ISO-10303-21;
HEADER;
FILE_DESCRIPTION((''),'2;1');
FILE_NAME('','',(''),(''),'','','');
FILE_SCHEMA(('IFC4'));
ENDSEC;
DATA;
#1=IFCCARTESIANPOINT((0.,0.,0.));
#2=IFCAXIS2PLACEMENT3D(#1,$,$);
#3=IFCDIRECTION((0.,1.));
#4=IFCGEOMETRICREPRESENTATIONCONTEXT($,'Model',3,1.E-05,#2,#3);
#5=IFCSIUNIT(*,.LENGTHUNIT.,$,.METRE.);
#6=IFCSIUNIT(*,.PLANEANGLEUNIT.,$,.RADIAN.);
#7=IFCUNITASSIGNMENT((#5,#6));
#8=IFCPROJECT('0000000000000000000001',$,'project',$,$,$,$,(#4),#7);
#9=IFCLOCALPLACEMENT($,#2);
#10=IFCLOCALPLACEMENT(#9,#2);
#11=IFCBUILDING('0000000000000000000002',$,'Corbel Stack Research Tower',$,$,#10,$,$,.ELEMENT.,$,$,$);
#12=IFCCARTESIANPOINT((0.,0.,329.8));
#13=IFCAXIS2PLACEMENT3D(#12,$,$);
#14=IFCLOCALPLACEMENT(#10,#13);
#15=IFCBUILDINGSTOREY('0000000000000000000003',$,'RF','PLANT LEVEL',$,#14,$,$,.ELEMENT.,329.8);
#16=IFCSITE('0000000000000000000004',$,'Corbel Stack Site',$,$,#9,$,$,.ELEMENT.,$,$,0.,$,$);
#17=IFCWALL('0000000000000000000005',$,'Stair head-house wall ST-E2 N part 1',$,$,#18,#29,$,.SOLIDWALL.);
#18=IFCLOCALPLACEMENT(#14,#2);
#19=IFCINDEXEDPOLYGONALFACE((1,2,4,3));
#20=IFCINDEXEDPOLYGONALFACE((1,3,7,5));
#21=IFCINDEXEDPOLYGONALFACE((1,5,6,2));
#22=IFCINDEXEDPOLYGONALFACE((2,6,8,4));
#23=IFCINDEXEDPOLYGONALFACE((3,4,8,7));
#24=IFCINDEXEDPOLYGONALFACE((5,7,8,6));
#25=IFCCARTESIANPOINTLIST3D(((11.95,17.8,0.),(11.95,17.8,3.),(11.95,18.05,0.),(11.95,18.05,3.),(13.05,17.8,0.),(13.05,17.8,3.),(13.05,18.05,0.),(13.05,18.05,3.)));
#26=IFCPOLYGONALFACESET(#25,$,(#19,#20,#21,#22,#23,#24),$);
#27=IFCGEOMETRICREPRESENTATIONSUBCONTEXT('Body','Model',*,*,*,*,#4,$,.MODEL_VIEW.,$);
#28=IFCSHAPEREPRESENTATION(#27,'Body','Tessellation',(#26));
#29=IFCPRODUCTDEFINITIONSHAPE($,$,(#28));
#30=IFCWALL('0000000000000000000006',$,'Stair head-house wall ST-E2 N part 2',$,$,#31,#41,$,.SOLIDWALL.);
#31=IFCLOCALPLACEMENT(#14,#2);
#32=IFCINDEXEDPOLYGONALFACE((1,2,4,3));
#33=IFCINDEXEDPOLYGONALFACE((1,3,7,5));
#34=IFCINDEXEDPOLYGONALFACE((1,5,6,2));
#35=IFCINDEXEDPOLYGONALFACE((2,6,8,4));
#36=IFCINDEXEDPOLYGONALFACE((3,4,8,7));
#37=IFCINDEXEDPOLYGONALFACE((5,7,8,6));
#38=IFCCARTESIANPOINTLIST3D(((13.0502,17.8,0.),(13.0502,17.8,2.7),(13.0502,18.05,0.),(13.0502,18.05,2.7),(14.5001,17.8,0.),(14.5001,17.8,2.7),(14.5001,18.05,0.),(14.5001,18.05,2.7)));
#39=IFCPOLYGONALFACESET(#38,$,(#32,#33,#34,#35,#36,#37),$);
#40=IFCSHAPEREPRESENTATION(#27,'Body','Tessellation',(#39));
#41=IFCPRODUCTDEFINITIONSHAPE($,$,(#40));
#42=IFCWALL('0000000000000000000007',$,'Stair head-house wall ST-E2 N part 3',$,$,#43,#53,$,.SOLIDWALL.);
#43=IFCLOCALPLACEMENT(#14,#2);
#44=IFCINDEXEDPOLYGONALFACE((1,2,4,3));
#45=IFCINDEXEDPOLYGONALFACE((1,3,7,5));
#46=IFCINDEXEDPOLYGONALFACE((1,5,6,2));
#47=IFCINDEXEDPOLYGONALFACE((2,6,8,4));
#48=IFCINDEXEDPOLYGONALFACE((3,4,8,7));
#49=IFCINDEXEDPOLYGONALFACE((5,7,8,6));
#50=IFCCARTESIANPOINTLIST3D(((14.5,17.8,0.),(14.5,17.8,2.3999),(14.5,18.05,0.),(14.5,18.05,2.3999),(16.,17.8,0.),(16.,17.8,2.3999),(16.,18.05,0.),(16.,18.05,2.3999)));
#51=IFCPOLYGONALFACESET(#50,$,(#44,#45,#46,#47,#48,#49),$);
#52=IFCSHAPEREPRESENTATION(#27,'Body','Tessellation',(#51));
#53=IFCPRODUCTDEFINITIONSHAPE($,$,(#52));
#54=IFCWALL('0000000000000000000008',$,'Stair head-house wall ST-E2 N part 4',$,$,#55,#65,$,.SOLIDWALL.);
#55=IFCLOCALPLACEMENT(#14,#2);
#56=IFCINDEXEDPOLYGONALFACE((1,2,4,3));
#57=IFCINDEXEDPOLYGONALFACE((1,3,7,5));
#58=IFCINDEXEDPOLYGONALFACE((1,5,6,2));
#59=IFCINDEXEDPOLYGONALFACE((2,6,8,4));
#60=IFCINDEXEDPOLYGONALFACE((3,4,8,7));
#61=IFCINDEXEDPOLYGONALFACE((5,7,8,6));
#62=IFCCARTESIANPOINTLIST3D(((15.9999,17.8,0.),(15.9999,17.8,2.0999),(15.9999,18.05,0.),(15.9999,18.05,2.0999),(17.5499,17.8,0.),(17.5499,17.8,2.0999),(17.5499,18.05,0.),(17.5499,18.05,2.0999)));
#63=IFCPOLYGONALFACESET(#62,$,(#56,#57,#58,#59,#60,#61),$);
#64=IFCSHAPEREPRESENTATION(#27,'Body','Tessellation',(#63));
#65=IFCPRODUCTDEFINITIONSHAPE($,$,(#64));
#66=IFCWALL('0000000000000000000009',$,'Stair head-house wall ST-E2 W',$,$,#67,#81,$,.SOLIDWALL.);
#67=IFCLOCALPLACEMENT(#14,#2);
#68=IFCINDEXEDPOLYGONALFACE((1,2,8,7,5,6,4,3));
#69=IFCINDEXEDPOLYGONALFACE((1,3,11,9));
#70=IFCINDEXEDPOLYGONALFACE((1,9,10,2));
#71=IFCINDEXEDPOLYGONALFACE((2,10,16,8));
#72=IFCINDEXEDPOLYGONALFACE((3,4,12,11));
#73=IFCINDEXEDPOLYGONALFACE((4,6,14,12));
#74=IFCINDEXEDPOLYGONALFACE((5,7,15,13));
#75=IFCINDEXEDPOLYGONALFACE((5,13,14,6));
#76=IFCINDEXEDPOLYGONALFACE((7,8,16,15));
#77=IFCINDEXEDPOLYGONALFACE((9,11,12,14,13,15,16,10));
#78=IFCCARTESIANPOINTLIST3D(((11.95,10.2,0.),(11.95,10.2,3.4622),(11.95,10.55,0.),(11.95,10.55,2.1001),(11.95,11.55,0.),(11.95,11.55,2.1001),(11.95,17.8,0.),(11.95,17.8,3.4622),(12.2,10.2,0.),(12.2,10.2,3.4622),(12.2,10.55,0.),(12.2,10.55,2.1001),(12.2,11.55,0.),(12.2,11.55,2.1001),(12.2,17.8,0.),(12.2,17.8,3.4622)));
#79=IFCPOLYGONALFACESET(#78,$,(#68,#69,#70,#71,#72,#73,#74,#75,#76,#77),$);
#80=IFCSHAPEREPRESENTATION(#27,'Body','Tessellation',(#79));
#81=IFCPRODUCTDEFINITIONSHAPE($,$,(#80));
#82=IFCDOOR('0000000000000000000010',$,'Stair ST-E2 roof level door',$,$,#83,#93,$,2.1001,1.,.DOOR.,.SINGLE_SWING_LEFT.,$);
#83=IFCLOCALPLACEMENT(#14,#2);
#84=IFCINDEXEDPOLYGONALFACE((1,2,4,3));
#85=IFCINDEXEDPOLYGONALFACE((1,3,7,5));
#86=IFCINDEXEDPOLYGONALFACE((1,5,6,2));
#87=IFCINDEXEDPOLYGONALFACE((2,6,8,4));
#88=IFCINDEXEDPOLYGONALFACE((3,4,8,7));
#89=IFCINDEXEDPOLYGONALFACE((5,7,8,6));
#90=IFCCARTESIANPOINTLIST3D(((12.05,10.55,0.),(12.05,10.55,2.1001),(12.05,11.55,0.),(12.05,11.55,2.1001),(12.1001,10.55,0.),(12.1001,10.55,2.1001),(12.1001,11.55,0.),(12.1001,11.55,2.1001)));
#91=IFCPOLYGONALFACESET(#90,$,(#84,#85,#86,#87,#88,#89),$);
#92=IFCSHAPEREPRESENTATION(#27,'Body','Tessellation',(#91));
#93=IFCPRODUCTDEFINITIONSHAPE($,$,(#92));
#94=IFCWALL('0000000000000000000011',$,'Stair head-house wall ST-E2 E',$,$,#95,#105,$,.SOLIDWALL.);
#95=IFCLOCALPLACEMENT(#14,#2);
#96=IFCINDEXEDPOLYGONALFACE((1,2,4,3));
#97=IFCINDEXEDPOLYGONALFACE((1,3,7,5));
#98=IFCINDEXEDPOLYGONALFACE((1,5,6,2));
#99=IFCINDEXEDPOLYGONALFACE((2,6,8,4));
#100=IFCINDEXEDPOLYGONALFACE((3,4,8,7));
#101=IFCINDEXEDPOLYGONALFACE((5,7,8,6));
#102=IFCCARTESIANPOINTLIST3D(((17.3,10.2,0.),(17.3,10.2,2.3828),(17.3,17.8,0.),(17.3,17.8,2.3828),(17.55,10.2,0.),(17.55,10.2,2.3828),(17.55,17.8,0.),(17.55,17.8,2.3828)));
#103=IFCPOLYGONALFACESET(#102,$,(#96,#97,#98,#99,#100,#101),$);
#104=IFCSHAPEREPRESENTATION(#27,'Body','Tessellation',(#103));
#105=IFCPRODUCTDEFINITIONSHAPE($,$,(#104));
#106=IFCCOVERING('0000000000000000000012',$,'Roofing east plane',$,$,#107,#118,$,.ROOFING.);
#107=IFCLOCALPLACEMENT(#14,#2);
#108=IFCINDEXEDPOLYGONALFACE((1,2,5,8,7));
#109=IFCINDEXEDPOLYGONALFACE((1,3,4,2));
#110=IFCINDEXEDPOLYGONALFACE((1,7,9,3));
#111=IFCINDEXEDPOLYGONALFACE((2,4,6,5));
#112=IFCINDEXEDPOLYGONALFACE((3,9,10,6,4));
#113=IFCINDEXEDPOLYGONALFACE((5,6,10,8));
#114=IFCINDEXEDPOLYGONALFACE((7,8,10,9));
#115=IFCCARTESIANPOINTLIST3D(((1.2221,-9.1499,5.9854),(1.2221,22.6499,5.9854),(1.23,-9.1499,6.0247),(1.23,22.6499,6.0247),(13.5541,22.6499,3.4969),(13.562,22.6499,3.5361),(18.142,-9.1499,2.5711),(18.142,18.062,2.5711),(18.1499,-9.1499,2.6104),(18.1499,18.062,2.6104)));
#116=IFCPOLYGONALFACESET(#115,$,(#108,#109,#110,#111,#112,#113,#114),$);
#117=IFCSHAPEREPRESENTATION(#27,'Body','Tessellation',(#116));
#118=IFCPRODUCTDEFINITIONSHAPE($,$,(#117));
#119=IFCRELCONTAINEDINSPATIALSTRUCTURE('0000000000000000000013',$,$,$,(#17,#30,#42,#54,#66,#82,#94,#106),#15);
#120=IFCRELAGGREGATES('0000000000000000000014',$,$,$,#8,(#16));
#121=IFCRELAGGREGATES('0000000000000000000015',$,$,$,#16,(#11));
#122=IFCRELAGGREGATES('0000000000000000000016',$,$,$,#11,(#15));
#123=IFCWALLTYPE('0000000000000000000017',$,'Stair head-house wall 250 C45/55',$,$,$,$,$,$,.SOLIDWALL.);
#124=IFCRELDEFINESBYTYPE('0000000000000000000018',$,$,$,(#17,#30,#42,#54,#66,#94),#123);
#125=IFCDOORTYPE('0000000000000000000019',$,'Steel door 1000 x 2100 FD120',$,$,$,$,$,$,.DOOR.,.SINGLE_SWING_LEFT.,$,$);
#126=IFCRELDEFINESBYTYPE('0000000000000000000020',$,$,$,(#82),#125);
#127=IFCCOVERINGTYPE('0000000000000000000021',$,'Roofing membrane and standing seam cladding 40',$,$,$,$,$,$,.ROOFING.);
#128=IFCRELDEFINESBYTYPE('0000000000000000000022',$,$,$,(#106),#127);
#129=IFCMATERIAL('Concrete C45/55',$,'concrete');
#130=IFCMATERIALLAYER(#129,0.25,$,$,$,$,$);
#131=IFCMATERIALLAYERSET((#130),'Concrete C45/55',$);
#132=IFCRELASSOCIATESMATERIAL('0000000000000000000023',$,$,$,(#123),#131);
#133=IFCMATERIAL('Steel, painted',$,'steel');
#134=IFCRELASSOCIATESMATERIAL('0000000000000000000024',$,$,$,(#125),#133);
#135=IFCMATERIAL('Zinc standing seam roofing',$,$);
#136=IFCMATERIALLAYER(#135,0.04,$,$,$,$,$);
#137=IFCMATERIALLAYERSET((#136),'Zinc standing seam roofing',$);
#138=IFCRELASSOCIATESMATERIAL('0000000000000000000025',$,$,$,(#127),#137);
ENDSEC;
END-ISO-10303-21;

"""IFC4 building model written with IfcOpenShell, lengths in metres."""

from ifc_helpers import new_model, si_unit, direction, frame, frame_2d, origin, place, context, subcontext, project, spatial, polyline, rectangle, outline, extrude, material, layer, layer_set, type_object, element, fill, save


model = new_model("IFC4")

# Units and contexts
model_context = context("Model", 3, precision=1e-05, world=origin(), true_north=direction((0.0, 1.0)))
body_context = subcontext(model_context, "Body", "Model", "MODEL_VIEW")
ifc_project = project(units=[si_unit("LENGTHUNIT", "METRE"), si_unit("PLANEANGLEUNIT", "RADIAN")], contexts=[model_context])

# Site, building, storey
site_placement = place(None, origin())
site = spatial("IfcSite", under=ifc_project, at=site_placement, Name="Corbel Stack Site", CompositionType="ELEMENT", RefElevation=0.0)
building_placement = place(site_placement, origin())
building = spatial("IfcBuilding", under=site, at=building_placement, Name="Corbel Stack Research Tower", CompositionType="ELEMENT")
storey_placement = place(building_placement, frame((0.0, 0.0, 329.8)))
storey = spatial("IfcBuildingStorey", under=building, at=storey_placement, Name="RF", Description="PLANT LEVEL", CompositionType="ELEMENT", Elevation=329.8)

# Walls
ifc_material_1 = material(Name="Concrete C45/55", Category="concrete")
ifc_layer_1 = layer(ifc_material_1, 0.25)
ifc_layer_set_1 = layer_set([ifc_layer_1], Name="Concrete C45/55")
wall_type_1 = type_object("IfcWallType", Name="Stair head-house wall 250 C45/55", PredefinedType="SOLIDWALL", material=ifc_layer_set_1)
wall_1_placement = place(storey_placement, frame((11.95, 17.925, 0.0), z_axis=(0.0, 0.0, 1.0), x_axis=(1.0, 0.0, 0.0)))
element("IfcWall", 1, at=wall_1_placement, inside=storey, type_object=wall_type_1, Name="Stair head-house wall ST-E2 N part 1", PredefinedType="SOLIDWALL", context=body_context, shape_type="SweptSolid", body=[
    extrude(rectangle(XDim=1.1001, YDim=0.25, at=frame_2d((0.55, 0.0))), origin(), (0.0, 0.0, 1.0), 3.0),
])
wall_2_placement = place(storey_placement, frame((13.05, 17.925, 0.0), z_axis=(0.0, 0.0, 1.0), x_axis=(1.0, 0.0, 0.0)))
element("IfcWall", 2, at=wall_2_placement, inside=storey, type_object=wall_type_1, Name="Stair head-house wall ST-E2 N part 2", PredefinedType="SOLIDWALL", context=body_context, shape_type="SweptSolid", body=[
    extrude(rectangle(XDim=1.45, YDim=0.25, at=frame_2d((0.7251, 0.0))), origin(), (0.0, 0.0, 1.0), 2.7),
])
wall_3_placement = place(storey_placement, frame((14.5, 17.925, 0.0), z_axis=(0.0, 0.0, 1.0), x_axis=(1.0, 0.0, 0.0)))
element("IfcWall", 3, at=wall_3_placement, inside=storey, type_object=wall_type_1, Name="Stair head-house wall ST-E2 N part 3", PredefinedType="SOLIDWALL", context=body_context, shape_type="SweptSolid", body=[
    extrude(rectangle(XDim=1.5, YDim=0.25, at=frame_2d((0.75, 0.0))), origin(), (0.0, 0.0, 1.0), 2.3999),
])
wall_4_placement = place(storey_placement, frame((16.0, 17.925, 0.0), z_axis=(0.0, 0.0, 1.0), x_axis=(1.0, 0.0, 0.0)))
element("IfcWall", 4, at=wall_4_placement, inside=storey, type_object=wall_type_1, Name="Stair head-house wall ST-E2 N part 4", PredefinedType="SOLIDWALL", context=body_context, shape_type="SweptSolid", body=[
    extrude(rectangle(XDim=1.55, YDim=0.25, at=frame_2d((0.7749, 0.0))), origin(), (0.0, 0.0, 1.0), 2.0999),
])

# Wall, opening, door
wall_5_placement = place(storey_placement, frame((12.075, 10.2, 0.0), z_axis=(0.0, 0.0, 1.0), x_axis=(0.0, 1.0, 0.0)))
wall_5 = element("IfcWall", 5, at=wall_5_placement, inside=storey, type_object=wall_type_1, Name="Stair head-house wall ST-E2 W", PredefinedType="SOLIDWALL", context=body_context, shape_type="SweptSolid", body=[
    extrude(rectangle(XDim=7.6001, YDim=0.25, at=frame_2d((3.8, 0.0))), origin(), (0.0, 0.0, 1.0), 3.4622),
])
opening_1_placement = place(wall_5_placement, frame((0.3501, 0.0, 0.0)))
opening_1 = element("IfcOpeningElement", 6, at=opening_1_placement, cuts=wall_5, PredefinedType="OPENING", context=body_context, shape_type="SweptSolid", body=[
    extrude(rectangle(XDim=1.0, YDim=2.1001, at=frame_2d((0.5, 1.05))), frame((0.0, 0.135, 0.0), z_axis=(0.0, -1.0, 0.0), x_axis=(1.0, 0.0, 0.0)), (0.0, 0.0, 1.0), 0.27),
])
ifc_material_2 = material(Name="Steel, painted", Category="steel")
door_type_1 = type_object("IfcDoorType", Name="Steel door 1000 x 2100 FD120", OperationType="SINGLE_SWING_LEFT", PredefinedType="DOOR", material=ifc_material_2)
door_1_placement = place(opening_1_placement, origin())
door_1 = element("IfcDoor", 7, at=door_1_placement, inside=storey, type_object=door_type_1, Name="Stair ST-E2 roof level door", OperationType="SINGLE_SWING_LEFT", OverallHeight=2.1001, OverallWidth=1.0, PredefinedType="DOOR", context=body_context, shape_type="SweptSolid", body=[
    extrude(rectangle(XDim=1.0, YDim=2.1001, at=frame_2d((0.5, 1.05))), frame((0.0, 0.0249, 0.0), z_axis=(0.0, -1.0, 0.0), x_axis=(1.0, 0.0, 0.0)), (0.0, 0.0, 1.0), 0.05),
])
fill(opening_1, door_1)

# Wall
wall_6_placement = place(storey_placement, frame((17.425, 10.2, 0.0), z_axis=(0.0, 0.0, 1.0), x_axis=(0.0, 1.0, 0.0)))
element("IfcWall", 8, at=wall_6_placement, inside=storey, type_object=wall_type_1, Name="Stair head-house wall ST-E2 E", PredefinedType="SOLIDWALL", context=body_context, shape_type="SweptSolid", body=[
    extrude(rectangle(XDim=7.6001, YDim=0.25, at=frame_2d((3.8, 0.0))), origin(), (0.0, 0.0, 1.0), 2.3828),
])

# Covering
ifc_material_3 = material(Name="Zinc standing seam roofing")
ifc_layer_2 = layer(ifc_material_3, 0.04)
ifc_layer_set_2 = layer_set([ifc_layer_2], Name="Zinc standing seam roofing")
covering_type = type_object("IfcCoveringType", Name="Roofing membrane and standing seam cladding 40", PredefinedType="ROOFING", material=ifc_layer_set_2)
covering_placement = place(storey_placement, frame((1.23, 22.6499, 6.0247), z_axis=(0.197805, 0.0, 0.980241), x_axis=(0.0, -1.0, 0.0)))
element("IfcCovering", 9, at=covering_placement, inside=storey, type_object=covering_type, Name="Roofing east plane", PredefinedType="ROOFING", context=body_context, shape_type="SweptSolid", body=[
    extrude(outline(polyline([(0.0, 0.0), (31.7998, 0.0), (31.7998, 17.261), (4.5879, 17.261), (0.0, 12.5806), (0.0, 0.0)])), origin(), (0.0, 0.0, -1.0), 0.04),
])

save(model, "model.ifc")
